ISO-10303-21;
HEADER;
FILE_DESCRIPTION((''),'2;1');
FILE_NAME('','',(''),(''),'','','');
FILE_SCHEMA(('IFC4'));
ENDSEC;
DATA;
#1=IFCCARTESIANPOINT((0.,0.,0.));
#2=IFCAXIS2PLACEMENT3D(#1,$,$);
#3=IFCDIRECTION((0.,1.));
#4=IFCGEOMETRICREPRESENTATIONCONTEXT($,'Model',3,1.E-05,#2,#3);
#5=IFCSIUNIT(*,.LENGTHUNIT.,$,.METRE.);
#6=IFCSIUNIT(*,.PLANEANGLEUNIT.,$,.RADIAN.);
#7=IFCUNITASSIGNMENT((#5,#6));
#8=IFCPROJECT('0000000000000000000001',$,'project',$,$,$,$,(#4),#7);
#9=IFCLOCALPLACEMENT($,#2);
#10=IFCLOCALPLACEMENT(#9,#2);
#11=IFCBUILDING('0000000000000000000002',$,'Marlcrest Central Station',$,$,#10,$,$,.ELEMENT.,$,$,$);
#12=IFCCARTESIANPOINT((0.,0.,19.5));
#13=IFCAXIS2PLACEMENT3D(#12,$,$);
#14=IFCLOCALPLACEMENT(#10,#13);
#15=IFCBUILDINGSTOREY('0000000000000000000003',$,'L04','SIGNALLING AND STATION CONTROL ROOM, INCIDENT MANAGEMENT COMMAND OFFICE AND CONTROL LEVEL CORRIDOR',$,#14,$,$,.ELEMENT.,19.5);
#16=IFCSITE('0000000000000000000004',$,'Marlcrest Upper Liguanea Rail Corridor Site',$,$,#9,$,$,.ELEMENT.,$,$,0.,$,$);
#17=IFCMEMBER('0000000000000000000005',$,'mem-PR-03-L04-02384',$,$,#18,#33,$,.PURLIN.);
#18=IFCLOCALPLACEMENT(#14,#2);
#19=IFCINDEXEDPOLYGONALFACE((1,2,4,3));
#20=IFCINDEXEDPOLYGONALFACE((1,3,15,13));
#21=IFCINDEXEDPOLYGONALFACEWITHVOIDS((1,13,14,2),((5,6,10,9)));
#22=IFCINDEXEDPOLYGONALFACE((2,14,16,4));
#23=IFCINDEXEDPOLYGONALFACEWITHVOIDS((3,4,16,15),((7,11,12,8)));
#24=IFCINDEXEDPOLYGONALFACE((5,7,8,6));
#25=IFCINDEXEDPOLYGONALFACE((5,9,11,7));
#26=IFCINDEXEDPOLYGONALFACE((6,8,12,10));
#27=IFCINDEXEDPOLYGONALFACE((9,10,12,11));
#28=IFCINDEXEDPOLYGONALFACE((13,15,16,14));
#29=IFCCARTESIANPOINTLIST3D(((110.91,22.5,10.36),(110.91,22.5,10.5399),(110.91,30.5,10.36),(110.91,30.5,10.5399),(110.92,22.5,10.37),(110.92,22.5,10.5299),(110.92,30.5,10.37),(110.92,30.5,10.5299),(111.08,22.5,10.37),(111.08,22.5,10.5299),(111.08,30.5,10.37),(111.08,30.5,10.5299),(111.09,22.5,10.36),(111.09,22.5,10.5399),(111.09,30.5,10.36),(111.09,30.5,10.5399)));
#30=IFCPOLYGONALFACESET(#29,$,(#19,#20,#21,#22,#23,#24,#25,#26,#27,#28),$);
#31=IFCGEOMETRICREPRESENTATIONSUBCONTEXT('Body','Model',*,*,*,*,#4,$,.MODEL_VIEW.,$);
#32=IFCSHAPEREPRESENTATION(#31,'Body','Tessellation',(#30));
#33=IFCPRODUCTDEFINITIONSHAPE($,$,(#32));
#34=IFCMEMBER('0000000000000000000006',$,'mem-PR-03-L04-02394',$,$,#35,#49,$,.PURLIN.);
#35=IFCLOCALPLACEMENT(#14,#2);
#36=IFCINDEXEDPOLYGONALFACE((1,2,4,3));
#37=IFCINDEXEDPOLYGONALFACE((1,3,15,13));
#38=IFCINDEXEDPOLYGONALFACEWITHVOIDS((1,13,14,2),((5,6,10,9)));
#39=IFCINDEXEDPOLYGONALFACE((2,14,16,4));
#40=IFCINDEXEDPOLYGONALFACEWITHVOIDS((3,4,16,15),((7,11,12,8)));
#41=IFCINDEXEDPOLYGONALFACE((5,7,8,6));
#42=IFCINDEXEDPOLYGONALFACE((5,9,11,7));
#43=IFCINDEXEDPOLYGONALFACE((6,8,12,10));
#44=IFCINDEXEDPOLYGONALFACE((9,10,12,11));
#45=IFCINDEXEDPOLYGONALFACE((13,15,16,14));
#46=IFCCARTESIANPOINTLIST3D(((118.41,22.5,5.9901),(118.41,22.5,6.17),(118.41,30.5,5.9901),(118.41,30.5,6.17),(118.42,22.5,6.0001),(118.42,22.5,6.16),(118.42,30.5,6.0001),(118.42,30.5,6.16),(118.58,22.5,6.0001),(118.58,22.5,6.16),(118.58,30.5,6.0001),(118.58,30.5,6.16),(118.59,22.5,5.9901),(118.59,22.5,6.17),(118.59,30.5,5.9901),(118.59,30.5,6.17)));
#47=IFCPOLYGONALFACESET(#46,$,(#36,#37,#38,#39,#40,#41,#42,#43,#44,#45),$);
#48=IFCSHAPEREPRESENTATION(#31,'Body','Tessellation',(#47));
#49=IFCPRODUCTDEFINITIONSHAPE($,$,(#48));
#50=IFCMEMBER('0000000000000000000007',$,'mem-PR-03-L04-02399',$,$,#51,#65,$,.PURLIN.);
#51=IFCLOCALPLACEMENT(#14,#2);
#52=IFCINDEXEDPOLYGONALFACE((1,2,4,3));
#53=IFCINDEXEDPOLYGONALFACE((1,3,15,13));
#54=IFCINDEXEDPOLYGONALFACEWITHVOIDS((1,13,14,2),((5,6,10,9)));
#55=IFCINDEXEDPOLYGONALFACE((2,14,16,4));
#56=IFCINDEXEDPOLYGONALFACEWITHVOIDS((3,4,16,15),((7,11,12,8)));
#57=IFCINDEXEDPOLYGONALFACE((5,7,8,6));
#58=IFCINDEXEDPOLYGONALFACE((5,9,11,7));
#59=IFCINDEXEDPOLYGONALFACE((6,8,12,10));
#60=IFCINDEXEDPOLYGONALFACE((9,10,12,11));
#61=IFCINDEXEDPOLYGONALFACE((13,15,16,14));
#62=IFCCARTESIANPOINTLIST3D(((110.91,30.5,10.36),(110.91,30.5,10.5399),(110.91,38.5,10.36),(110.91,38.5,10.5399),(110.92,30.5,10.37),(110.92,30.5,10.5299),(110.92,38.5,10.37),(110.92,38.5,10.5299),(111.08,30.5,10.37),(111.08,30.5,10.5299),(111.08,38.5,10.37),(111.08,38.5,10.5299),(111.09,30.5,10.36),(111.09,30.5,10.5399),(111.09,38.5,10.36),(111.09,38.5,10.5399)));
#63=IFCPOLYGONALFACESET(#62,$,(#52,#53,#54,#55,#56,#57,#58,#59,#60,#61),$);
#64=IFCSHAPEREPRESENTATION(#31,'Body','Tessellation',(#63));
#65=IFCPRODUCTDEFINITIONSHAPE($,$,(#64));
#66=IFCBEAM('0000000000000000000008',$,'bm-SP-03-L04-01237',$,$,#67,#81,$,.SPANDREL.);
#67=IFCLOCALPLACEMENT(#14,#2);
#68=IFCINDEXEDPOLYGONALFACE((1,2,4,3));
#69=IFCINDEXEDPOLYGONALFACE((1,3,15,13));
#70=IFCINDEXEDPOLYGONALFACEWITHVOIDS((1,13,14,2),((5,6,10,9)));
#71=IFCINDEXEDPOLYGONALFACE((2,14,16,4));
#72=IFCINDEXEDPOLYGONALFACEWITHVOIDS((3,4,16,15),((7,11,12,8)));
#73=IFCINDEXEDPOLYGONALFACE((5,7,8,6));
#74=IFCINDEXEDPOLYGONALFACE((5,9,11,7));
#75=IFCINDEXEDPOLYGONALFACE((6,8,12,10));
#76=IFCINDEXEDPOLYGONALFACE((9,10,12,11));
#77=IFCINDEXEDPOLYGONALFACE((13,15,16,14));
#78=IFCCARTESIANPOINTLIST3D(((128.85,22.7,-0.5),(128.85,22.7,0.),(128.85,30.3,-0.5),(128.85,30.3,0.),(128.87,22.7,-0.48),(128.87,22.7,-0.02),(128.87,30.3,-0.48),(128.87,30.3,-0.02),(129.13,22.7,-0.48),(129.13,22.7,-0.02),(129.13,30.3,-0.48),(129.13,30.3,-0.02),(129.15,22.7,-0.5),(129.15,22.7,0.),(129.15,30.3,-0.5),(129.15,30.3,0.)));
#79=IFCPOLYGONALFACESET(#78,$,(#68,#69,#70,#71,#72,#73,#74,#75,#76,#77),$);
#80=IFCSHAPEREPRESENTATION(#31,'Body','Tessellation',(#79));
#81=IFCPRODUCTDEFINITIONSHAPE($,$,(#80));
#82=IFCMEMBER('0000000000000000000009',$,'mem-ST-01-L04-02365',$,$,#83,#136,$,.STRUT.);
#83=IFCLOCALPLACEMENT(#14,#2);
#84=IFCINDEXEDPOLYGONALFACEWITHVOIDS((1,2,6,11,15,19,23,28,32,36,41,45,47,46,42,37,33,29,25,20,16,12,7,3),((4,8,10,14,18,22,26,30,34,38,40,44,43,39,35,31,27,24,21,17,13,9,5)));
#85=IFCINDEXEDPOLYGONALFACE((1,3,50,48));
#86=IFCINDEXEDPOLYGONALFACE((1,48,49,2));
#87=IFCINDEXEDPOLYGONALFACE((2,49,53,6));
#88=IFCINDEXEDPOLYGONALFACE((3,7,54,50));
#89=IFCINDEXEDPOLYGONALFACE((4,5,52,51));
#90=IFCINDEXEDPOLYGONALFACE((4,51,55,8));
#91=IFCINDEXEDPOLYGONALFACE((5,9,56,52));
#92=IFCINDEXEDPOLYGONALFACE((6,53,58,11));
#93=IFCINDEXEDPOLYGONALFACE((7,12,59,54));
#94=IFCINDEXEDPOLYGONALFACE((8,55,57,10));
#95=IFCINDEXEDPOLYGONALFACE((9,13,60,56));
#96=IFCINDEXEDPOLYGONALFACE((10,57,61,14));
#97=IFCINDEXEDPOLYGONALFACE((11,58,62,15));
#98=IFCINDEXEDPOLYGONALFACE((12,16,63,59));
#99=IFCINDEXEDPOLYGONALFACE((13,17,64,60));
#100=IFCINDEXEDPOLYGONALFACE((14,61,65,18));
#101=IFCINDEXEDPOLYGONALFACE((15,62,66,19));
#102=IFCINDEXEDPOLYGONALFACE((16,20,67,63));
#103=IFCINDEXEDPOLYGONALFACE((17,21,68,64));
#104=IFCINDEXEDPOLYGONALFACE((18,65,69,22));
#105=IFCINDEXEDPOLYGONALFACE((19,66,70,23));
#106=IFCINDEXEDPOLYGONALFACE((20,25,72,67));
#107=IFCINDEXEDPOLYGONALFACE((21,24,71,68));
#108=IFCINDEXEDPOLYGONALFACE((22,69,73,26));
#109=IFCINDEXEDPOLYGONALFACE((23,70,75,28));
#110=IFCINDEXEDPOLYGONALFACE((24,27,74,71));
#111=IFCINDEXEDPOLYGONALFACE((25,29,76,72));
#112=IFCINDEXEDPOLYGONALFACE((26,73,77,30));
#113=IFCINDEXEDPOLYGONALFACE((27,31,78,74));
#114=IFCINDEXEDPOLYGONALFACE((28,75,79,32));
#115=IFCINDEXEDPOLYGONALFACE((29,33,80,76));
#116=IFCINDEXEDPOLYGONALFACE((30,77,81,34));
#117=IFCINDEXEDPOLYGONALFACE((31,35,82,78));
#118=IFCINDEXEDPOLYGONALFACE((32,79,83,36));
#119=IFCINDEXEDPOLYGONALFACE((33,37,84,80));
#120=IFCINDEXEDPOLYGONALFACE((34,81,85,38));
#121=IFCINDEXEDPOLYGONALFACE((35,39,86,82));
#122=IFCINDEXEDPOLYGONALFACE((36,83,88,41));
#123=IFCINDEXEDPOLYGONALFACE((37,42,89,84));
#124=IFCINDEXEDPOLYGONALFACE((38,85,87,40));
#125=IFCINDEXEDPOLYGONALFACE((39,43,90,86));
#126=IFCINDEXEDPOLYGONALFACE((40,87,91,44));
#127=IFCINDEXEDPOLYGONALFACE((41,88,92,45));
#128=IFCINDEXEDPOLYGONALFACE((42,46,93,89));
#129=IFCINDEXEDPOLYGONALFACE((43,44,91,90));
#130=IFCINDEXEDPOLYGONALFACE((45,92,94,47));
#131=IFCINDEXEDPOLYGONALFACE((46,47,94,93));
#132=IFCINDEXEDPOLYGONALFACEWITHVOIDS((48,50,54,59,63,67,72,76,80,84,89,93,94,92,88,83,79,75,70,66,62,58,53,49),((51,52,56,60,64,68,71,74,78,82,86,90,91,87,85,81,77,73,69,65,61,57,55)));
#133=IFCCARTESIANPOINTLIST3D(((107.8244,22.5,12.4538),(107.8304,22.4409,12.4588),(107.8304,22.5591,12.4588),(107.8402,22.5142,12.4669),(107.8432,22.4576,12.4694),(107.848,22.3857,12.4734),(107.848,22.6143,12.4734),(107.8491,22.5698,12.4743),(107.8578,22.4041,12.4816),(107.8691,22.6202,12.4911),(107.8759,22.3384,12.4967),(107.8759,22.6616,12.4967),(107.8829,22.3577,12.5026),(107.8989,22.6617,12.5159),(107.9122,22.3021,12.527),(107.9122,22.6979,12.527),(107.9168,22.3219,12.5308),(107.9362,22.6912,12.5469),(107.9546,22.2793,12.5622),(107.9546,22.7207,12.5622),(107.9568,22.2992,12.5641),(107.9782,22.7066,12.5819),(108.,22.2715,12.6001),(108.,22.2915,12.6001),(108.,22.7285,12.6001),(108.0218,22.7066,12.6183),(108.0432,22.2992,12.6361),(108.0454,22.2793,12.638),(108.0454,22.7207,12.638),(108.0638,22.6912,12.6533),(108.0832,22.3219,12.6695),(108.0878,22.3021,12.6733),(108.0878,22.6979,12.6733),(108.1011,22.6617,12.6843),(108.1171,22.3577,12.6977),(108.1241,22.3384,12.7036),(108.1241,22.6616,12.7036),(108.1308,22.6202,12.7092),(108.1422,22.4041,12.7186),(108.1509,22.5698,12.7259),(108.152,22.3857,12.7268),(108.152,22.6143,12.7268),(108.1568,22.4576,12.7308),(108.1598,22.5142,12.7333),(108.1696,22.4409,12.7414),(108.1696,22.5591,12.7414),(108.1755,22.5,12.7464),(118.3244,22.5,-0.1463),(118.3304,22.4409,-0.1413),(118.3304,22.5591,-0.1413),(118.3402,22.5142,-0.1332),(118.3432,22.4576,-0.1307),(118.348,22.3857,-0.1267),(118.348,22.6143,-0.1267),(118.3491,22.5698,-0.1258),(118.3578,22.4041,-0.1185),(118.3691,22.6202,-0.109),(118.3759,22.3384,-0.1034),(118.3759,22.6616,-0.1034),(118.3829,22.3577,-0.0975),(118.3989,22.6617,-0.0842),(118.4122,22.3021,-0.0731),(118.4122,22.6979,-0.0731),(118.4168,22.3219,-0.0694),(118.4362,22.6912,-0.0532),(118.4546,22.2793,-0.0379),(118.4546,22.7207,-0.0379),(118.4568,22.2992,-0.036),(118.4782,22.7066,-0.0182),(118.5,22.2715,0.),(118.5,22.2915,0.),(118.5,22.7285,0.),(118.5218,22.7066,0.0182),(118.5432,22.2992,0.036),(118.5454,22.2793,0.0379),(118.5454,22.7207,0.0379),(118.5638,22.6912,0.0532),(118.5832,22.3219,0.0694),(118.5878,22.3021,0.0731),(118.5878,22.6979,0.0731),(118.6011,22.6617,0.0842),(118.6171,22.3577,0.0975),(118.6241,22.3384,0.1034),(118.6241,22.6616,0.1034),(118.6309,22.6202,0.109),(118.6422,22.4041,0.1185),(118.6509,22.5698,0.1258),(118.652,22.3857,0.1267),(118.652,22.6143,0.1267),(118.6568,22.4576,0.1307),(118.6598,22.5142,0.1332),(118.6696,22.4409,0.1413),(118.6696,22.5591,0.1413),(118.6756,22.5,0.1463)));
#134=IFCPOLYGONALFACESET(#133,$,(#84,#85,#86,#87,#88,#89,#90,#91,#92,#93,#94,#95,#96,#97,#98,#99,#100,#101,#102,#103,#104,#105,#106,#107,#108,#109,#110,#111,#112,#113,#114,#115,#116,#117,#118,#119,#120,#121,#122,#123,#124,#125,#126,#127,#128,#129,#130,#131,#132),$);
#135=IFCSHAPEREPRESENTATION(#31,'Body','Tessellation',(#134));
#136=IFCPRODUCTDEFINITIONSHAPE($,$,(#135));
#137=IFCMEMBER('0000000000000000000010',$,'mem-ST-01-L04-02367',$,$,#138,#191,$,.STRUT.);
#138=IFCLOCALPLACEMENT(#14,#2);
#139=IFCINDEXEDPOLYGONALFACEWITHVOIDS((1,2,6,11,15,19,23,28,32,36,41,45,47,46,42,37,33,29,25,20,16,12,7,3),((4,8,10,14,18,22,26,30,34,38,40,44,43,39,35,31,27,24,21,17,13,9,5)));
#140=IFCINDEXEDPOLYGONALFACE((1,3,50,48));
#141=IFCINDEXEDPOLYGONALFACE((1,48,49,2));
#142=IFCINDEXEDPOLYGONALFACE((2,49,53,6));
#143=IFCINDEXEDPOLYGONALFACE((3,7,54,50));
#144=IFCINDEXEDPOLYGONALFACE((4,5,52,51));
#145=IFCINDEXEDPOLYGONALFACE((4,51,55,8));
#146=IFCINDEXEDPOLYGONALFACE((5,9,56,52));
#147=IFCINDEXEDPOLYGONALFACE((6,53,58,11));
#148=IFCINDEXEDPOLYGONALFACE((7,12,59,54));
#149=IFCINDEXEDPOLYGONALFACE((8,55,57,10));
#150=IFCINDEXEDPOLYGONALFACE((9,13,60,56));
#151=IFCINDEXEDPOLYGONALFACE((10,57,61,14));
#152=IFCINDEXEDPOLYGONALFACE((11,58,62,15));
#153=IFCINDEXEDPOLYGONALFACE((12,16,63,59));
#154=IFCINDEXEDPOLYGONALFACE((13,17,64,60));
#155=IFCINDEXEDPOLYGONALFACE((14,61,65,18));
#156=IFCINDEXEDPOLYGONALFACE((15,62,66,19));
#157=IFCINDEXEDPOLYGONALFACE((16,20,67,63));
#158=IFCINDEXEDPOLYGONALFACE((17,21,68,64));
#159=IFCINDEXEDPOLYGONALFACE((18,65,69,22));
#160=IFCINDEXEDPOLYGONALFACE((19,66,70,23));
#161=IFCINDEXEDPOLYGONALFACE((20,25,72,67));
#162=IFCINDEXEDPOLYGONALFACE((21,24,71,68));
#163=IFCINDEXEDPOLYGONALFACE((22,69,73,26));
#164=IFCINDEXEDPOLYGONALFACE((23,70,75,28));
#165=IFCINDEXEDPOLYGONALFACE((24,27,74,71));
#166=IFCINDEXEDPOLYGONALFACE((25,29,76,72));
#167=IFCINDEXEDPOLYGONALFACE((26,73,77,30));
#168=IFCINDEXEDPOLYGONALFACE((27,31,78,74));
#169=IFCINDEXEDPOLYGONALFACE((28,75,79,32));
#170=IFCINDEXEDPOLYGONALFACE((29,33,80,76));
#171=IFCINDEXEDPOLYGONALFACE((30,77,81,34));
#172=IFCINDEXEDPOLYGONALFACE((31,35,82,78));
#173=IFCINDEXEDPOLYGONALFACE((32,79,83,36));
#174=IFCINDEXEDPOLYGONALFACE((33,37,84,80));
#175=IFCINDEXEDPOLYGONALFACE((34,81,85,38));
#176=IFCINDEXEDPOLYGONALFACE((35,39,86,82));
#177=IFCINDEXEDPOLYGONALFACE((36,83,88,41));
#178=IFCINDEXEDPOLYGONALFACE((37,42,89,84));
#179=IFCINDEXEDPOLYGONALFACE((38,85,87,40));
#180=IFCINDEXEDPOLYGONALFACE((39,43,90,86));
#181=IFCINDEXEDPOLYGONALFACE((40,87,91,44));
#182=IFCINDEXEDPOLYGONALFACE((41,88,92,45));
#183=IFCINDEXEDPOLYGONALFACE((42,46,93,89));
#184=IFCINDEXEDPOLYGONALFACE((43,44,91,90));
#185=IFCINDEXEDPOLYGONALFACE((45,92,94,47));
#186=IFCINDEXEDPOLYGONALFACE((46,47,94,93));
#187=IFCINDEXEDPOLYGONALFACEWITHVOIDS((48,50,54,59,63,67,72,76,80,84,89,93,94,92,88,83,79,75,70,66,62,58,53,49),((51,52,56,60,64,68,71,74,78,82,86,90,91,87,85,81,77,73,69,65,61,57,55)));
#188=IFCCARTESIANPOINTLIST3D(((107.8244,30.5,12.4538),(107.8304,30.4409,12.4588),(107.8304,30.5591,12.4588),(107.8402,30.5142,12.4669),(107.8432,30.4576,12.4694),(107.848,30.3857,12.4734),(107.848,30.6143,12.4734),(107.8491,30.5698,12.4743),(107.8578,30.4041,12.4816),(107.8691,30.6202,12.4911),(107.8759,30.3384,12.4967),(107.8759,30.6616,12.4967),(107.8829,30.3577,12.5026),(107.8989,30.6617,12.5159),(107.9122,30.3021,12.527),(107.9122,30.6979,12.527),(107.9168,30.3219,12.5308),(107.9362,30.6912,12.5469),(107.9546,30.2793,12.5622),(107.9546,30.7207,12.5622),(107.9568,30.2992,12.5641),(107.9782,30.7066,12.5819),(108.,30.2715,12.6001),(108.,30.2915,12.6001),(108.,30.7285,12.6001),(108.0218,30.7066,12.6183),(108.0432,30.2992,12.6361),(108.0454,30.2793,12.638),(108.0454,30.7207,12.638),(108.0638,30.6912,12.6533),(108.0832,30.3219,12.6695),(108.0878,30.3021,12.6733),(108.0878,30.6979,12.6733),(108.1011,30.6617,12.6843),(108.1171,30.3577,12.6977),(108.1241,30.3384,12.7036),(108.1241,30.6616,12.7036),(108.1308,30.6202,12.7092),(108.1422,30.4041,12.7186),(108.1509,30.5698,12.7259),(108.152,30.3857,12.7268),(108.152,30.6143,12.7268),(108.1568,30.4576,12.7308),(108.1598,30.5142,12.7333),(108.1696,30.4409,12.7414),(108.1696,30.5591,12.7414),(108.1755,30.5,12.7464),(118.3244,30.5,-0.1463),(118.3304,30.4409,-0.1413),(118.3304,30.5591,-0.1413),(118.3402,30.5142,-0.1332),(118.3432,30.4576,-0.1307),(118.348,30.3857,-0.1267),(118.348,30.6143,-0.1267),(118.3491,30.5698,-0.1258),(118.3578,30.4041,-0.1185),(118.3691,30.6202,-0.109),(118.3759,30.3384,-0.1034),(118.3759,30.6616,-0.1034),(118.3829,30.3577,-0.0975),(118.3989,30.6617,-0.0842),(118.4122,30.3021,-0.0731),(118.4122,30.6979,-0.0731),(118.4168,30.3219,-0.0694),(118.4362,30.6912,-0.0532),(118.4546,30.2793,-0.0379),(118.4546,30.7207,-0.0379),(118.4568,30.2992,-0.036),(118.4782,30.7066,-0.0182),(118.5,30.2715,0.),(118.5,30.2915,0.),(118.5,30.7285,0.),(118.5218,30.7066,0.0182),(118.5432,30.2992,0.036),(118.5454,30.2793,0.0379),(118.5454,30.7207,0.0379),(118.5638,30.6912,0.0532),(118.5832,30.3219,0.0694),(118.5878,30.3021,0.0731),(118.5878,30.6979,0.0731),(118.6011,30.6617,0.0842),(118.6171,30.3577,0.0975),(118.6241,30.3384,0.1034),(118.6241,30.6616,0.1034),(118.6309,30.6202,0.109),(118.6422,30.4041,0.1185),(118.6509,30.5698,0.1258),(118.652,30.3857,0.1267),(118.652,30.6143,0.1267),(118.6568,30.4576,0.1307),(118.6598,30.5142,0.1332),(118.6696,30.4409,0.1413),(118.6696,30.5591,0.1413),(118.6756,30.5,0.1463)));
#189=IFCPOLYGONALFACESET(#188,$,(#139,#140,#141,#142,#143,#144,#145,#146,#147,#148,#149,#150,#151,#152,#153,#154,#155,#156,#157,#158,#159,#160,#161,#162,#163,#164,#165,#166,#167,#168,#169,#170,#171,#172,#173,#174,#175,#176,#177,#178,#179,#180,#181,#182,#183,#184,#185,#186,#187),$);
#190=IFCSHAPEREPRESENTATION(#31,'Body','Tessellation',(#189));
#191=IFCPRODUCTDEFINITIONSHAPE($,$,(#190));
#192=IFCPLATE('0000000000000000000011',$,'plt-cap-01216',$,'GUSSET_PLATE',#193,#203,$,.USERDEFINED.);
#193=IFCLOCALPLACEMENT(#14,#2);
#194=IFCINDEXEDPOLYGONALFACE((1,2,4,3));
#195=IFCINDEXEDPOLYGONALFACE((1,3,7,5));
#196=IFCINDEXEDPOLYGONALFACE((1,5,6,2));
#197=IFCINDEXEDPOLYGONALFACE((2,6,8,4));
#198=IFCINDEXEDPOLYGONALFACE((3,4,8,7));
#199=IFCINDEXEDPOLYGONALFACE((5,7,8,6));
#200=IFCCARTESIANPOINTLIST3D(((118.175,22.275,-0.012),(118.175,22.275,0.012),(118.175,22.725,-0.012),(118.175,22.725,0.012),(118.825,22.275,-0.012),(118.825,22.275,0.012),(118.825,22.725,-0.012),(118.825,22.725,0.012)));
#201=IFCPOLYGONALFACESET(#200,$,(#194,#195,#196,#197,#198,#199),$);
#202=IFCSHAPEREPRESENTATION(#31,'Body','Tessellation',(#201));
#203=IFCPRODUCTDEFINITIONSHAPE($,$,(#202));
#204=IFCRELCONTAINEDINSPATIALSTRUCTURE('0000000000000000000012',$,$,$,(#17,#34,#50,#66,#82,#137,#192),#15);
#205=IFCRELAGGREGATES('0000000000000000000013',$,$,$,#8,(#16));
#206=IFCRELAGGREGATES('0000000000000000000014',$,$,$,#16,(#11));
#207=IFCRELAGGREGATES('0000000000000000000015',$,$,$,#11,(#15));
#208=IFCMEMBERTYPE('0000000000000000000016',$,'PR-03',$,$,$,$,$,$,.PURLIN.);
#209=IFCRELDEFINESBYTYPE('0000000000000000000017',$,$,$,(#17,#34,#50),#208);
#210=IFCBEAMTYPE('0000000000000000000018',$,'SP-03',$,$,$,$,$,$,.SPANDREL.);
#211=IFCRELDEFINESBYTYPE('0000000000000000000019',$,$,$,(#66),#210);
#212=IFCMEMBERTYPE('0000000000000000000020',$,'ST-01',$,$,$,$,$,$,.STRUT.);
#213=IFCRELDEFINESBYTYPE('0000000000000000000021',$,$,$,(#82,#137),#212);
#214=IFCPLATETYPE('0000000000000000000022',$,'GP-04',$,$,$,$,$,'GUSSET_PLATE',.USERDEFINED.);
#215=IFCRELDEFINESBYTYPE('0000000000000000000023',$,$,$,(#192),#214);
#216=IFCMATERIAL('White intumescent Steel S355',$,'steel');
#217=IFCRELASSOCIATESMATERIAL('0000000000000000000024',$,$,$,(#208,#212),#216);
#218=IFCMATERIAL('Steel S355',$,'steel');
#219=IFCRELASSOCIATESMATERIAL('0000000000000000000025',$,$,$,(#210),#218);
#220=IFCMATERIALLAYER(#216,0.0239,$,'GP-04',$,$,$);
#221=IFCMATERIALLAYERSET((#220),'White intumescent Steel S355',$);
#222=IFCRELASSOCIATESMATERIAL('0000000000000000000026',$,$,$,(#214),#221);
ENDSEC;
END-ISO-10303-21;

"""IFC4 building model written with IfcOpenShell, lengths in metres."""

from ifc_helpers import new_model, si_unit, direction, frame, origin, origin_2d, place, context, subcontext, project, spatial, rectangle, hollow_rectangle, hollow_circle, extrude, material, layer, layer_set, material_profile, profile_set, type_object, element, save


model = new_model("IFC4")

# Units and contexts
model_context = context("Model", 3, precision=1e-05, world=origin(), true_north=direction((0.0, 1.0)))
body_context = subcontext(model_context, "Body", "Model", "MODEL_VIEW")
ifc_project = project(units=[si_unit("LENGTHUNIT", "METRE"), si_unit("PLANEANGLEUNIT", "RADIAN")], contexts=[model_context])

# Site, building, storey
site_placement = place(None, origin())
site = spatial("IfcSite", under=ifc_project, at=site_placement, Name="Marlcrest Upper Liguanea Rail Corridor Site", CompositionType="ELEMENT", RefElevation=0.0)
building_placement = place(site_placement, origin())
building = spatial("IfcBuilding", under=site, at=building_placement, Name="Marlcrest Central Station", CompositionType="ELEMENT")
storey_placement = place(building_placement, frame((0.0, 0.0, 19.5)))
storey = spatial("IfcBuildingStorey", under=building, at=storey_placement, Name="L04", Description="SIGNALLING AND STATION CONTROL ROOM, INCIDENT MANAGEMENT COMMAND OFFICE AND CONTROL LEVEL CORRIDOR", CompositionType="ELEMENT", Elevation=19.5)

# Members
ifc_material_1 = material(Name="White intumescent Steel S355", Category="steel")
ifc_material_profile_1 = material_profile(ifc_material_1, hollow_rectangle(XDim=0.1799, YDim=0.1799, WallThickness=0.01, at=origin_2d()), Name="SHS 180x180x10")
ifc_profile_set_1 = profile_set([ifc_material_profile_1], Name="White intumescent Steel S355")
member_type_1 = type_object("IfcMemberType", Name="PR-03", PredefinedType="PURLIN", material=ifc_profile_set_1)
for number, where, z_axis, x_axis, name in (
    (1, (111.0, 22.5, 10.45), (0.0, 1.0, 0.0), (-1.0, 0.0, 0.0), "mem-PR-03-L04-02384"),
    (2, (118.5, 22.5, 6.0801), (0.0, 1.0, 0.0), (-1.0, 0.0, 0.0), "mem-PR-03-L04-02394"),
    (3, (111.0, 30.5, 10.45), (0.0, 1.0, 0.0), (-1.0, 0.0, 0.0), "mem-PR-03-L04-02399"),
):
    element("IfcMember", number, at=place(storey_placement, frame(where, z_axis=z_axis, x_axis=x_axis)), inside=storey, type_object=member_type_1, Name=name, PredefinedType="PURLIN", context=body_context, shape_type="SweptSolid", body=[
        extrude(hollow_rectangle(XDim=0.1799, YDim=0.1799, WallThickness=0.01, at=origin_2d()), origin(), (0.0, 0.0, 1.0), 8.0),
    ])

# Beam
ifc_material_2 = material(Name="Steel S355", Category="steel")
ifc_material_profile_2 = material_profile(ifc_material_2, hollow_rectangle(XDim=0.3, YDim=0.5, WallThickness=0.02, at=origin_2d()), Name="RHS 500x300x20")
ifc_profile_set_2 = profile_set([ifc_material_profile_2], Name="Steel S355")
beam_type = type_object("IfcBeamType", Name="SP-03", PredefinedType="SPANDREL", material=ifc_profile_set_2)
beam_placement = place(storey_placement, frame((129.0, 22.7, -0.25), z_axis=(0.0, 1.0, 0.0), x_axis=(-1.0, 0.0, 0.0)))
element("IfcBeam", 4, at=beam_placement, inside=storey, type_object=beam_type, Name="bm-SP-03-L04-01237", PredefinedType="SPANDREL", context=body_context, shape_type="SweptSolid", body=[
    extrude(hollow_rectangle(XDim=0.3, YDim=0.5, WallThickness=0.02, at=origin_2d()), origin(), (0.0, 0.0, 1.0), 7.6001),
])

# Members
ifc_material_profile_3 = material_profile(ifc_material_1, hollow_circle(Radius=0.2285, WallThickness=0.02, at=origin_2d()), Name="CHS 457x20")
ifc_profile_set_3 = profile_set([ifc_material_profile_3], Name="White intumescent Steel S355")
member_type_2 = type_object("IfcMemberType", Name="ST-01", PredefinedType="STRUT", material=ifc_profile_set_3)
for number, where, z_axis, x_axis, name in (
    (5, (118.5, 22.5, 0.0), (-0.640181, 0.0, 0.768224), (0.0, -1.0, 0.0), "mem-ST-01-L04-02365"),
    (6, (118.5, 30.5, 0.0), (-0.640181, 0.0, 0.768224), (0.0, -1.0, 0.0), "mem-ST-01-L04-02367"),
):
    element("IfcMember", number, at=place(storey_placement, frame(where, z_axis=z_axis, x_axis=x_axis)), inside=storey, type_object=member_type_2, Name=name, PredefinedType="STRUT", context=body_context, shape_type="SweptSolid", body=[
        extrude(hollow_circle(Radius=0.2285, WallThickness=0.02, at=origin_2d()), origin(), (0.0, 0.0, 1.0), 16.4016),
    ])

# Plate
ifc_layer_1 = layer(ifc_material_1, 0.0239, Name="GP-04")
ifc_layer_set_1 = layer_set([ifc_layer_1], Name="White intumescent Steel S355")
plate_type_1 = type_object("IfcPlateType", Name="GP-04", ElementType="GUSSET_PLATE", PredefinedType="USERDEFINED", material=ifc_layer_set_1)
for number, where, z_axis, x_axis, name in (
    (7, (118.5, 22.5, -0.012), (0.0, 0.0, 1.0), (1.0, 0.0, 0.0), "plt-cap-01216"),
):
    element("IfcPlate", number, at=place(storey_placement, frame(where, z_axis=z_axis, x_axis=x_axis)), inside=storey, type_object=plate_type_1, Name=name, ObjectType="GUSSET_PLATE", PredefinedType="USERDEFINED", context=body_context, shape_type="SweptSolid", body=[
        extrude(rectangle(XDim=0.6499, YDim=0.45, at=origin_2d()), origin(), (0.0, 0.0, 1.0), 0.0239),
    ])

save(model, "model.ifc")
